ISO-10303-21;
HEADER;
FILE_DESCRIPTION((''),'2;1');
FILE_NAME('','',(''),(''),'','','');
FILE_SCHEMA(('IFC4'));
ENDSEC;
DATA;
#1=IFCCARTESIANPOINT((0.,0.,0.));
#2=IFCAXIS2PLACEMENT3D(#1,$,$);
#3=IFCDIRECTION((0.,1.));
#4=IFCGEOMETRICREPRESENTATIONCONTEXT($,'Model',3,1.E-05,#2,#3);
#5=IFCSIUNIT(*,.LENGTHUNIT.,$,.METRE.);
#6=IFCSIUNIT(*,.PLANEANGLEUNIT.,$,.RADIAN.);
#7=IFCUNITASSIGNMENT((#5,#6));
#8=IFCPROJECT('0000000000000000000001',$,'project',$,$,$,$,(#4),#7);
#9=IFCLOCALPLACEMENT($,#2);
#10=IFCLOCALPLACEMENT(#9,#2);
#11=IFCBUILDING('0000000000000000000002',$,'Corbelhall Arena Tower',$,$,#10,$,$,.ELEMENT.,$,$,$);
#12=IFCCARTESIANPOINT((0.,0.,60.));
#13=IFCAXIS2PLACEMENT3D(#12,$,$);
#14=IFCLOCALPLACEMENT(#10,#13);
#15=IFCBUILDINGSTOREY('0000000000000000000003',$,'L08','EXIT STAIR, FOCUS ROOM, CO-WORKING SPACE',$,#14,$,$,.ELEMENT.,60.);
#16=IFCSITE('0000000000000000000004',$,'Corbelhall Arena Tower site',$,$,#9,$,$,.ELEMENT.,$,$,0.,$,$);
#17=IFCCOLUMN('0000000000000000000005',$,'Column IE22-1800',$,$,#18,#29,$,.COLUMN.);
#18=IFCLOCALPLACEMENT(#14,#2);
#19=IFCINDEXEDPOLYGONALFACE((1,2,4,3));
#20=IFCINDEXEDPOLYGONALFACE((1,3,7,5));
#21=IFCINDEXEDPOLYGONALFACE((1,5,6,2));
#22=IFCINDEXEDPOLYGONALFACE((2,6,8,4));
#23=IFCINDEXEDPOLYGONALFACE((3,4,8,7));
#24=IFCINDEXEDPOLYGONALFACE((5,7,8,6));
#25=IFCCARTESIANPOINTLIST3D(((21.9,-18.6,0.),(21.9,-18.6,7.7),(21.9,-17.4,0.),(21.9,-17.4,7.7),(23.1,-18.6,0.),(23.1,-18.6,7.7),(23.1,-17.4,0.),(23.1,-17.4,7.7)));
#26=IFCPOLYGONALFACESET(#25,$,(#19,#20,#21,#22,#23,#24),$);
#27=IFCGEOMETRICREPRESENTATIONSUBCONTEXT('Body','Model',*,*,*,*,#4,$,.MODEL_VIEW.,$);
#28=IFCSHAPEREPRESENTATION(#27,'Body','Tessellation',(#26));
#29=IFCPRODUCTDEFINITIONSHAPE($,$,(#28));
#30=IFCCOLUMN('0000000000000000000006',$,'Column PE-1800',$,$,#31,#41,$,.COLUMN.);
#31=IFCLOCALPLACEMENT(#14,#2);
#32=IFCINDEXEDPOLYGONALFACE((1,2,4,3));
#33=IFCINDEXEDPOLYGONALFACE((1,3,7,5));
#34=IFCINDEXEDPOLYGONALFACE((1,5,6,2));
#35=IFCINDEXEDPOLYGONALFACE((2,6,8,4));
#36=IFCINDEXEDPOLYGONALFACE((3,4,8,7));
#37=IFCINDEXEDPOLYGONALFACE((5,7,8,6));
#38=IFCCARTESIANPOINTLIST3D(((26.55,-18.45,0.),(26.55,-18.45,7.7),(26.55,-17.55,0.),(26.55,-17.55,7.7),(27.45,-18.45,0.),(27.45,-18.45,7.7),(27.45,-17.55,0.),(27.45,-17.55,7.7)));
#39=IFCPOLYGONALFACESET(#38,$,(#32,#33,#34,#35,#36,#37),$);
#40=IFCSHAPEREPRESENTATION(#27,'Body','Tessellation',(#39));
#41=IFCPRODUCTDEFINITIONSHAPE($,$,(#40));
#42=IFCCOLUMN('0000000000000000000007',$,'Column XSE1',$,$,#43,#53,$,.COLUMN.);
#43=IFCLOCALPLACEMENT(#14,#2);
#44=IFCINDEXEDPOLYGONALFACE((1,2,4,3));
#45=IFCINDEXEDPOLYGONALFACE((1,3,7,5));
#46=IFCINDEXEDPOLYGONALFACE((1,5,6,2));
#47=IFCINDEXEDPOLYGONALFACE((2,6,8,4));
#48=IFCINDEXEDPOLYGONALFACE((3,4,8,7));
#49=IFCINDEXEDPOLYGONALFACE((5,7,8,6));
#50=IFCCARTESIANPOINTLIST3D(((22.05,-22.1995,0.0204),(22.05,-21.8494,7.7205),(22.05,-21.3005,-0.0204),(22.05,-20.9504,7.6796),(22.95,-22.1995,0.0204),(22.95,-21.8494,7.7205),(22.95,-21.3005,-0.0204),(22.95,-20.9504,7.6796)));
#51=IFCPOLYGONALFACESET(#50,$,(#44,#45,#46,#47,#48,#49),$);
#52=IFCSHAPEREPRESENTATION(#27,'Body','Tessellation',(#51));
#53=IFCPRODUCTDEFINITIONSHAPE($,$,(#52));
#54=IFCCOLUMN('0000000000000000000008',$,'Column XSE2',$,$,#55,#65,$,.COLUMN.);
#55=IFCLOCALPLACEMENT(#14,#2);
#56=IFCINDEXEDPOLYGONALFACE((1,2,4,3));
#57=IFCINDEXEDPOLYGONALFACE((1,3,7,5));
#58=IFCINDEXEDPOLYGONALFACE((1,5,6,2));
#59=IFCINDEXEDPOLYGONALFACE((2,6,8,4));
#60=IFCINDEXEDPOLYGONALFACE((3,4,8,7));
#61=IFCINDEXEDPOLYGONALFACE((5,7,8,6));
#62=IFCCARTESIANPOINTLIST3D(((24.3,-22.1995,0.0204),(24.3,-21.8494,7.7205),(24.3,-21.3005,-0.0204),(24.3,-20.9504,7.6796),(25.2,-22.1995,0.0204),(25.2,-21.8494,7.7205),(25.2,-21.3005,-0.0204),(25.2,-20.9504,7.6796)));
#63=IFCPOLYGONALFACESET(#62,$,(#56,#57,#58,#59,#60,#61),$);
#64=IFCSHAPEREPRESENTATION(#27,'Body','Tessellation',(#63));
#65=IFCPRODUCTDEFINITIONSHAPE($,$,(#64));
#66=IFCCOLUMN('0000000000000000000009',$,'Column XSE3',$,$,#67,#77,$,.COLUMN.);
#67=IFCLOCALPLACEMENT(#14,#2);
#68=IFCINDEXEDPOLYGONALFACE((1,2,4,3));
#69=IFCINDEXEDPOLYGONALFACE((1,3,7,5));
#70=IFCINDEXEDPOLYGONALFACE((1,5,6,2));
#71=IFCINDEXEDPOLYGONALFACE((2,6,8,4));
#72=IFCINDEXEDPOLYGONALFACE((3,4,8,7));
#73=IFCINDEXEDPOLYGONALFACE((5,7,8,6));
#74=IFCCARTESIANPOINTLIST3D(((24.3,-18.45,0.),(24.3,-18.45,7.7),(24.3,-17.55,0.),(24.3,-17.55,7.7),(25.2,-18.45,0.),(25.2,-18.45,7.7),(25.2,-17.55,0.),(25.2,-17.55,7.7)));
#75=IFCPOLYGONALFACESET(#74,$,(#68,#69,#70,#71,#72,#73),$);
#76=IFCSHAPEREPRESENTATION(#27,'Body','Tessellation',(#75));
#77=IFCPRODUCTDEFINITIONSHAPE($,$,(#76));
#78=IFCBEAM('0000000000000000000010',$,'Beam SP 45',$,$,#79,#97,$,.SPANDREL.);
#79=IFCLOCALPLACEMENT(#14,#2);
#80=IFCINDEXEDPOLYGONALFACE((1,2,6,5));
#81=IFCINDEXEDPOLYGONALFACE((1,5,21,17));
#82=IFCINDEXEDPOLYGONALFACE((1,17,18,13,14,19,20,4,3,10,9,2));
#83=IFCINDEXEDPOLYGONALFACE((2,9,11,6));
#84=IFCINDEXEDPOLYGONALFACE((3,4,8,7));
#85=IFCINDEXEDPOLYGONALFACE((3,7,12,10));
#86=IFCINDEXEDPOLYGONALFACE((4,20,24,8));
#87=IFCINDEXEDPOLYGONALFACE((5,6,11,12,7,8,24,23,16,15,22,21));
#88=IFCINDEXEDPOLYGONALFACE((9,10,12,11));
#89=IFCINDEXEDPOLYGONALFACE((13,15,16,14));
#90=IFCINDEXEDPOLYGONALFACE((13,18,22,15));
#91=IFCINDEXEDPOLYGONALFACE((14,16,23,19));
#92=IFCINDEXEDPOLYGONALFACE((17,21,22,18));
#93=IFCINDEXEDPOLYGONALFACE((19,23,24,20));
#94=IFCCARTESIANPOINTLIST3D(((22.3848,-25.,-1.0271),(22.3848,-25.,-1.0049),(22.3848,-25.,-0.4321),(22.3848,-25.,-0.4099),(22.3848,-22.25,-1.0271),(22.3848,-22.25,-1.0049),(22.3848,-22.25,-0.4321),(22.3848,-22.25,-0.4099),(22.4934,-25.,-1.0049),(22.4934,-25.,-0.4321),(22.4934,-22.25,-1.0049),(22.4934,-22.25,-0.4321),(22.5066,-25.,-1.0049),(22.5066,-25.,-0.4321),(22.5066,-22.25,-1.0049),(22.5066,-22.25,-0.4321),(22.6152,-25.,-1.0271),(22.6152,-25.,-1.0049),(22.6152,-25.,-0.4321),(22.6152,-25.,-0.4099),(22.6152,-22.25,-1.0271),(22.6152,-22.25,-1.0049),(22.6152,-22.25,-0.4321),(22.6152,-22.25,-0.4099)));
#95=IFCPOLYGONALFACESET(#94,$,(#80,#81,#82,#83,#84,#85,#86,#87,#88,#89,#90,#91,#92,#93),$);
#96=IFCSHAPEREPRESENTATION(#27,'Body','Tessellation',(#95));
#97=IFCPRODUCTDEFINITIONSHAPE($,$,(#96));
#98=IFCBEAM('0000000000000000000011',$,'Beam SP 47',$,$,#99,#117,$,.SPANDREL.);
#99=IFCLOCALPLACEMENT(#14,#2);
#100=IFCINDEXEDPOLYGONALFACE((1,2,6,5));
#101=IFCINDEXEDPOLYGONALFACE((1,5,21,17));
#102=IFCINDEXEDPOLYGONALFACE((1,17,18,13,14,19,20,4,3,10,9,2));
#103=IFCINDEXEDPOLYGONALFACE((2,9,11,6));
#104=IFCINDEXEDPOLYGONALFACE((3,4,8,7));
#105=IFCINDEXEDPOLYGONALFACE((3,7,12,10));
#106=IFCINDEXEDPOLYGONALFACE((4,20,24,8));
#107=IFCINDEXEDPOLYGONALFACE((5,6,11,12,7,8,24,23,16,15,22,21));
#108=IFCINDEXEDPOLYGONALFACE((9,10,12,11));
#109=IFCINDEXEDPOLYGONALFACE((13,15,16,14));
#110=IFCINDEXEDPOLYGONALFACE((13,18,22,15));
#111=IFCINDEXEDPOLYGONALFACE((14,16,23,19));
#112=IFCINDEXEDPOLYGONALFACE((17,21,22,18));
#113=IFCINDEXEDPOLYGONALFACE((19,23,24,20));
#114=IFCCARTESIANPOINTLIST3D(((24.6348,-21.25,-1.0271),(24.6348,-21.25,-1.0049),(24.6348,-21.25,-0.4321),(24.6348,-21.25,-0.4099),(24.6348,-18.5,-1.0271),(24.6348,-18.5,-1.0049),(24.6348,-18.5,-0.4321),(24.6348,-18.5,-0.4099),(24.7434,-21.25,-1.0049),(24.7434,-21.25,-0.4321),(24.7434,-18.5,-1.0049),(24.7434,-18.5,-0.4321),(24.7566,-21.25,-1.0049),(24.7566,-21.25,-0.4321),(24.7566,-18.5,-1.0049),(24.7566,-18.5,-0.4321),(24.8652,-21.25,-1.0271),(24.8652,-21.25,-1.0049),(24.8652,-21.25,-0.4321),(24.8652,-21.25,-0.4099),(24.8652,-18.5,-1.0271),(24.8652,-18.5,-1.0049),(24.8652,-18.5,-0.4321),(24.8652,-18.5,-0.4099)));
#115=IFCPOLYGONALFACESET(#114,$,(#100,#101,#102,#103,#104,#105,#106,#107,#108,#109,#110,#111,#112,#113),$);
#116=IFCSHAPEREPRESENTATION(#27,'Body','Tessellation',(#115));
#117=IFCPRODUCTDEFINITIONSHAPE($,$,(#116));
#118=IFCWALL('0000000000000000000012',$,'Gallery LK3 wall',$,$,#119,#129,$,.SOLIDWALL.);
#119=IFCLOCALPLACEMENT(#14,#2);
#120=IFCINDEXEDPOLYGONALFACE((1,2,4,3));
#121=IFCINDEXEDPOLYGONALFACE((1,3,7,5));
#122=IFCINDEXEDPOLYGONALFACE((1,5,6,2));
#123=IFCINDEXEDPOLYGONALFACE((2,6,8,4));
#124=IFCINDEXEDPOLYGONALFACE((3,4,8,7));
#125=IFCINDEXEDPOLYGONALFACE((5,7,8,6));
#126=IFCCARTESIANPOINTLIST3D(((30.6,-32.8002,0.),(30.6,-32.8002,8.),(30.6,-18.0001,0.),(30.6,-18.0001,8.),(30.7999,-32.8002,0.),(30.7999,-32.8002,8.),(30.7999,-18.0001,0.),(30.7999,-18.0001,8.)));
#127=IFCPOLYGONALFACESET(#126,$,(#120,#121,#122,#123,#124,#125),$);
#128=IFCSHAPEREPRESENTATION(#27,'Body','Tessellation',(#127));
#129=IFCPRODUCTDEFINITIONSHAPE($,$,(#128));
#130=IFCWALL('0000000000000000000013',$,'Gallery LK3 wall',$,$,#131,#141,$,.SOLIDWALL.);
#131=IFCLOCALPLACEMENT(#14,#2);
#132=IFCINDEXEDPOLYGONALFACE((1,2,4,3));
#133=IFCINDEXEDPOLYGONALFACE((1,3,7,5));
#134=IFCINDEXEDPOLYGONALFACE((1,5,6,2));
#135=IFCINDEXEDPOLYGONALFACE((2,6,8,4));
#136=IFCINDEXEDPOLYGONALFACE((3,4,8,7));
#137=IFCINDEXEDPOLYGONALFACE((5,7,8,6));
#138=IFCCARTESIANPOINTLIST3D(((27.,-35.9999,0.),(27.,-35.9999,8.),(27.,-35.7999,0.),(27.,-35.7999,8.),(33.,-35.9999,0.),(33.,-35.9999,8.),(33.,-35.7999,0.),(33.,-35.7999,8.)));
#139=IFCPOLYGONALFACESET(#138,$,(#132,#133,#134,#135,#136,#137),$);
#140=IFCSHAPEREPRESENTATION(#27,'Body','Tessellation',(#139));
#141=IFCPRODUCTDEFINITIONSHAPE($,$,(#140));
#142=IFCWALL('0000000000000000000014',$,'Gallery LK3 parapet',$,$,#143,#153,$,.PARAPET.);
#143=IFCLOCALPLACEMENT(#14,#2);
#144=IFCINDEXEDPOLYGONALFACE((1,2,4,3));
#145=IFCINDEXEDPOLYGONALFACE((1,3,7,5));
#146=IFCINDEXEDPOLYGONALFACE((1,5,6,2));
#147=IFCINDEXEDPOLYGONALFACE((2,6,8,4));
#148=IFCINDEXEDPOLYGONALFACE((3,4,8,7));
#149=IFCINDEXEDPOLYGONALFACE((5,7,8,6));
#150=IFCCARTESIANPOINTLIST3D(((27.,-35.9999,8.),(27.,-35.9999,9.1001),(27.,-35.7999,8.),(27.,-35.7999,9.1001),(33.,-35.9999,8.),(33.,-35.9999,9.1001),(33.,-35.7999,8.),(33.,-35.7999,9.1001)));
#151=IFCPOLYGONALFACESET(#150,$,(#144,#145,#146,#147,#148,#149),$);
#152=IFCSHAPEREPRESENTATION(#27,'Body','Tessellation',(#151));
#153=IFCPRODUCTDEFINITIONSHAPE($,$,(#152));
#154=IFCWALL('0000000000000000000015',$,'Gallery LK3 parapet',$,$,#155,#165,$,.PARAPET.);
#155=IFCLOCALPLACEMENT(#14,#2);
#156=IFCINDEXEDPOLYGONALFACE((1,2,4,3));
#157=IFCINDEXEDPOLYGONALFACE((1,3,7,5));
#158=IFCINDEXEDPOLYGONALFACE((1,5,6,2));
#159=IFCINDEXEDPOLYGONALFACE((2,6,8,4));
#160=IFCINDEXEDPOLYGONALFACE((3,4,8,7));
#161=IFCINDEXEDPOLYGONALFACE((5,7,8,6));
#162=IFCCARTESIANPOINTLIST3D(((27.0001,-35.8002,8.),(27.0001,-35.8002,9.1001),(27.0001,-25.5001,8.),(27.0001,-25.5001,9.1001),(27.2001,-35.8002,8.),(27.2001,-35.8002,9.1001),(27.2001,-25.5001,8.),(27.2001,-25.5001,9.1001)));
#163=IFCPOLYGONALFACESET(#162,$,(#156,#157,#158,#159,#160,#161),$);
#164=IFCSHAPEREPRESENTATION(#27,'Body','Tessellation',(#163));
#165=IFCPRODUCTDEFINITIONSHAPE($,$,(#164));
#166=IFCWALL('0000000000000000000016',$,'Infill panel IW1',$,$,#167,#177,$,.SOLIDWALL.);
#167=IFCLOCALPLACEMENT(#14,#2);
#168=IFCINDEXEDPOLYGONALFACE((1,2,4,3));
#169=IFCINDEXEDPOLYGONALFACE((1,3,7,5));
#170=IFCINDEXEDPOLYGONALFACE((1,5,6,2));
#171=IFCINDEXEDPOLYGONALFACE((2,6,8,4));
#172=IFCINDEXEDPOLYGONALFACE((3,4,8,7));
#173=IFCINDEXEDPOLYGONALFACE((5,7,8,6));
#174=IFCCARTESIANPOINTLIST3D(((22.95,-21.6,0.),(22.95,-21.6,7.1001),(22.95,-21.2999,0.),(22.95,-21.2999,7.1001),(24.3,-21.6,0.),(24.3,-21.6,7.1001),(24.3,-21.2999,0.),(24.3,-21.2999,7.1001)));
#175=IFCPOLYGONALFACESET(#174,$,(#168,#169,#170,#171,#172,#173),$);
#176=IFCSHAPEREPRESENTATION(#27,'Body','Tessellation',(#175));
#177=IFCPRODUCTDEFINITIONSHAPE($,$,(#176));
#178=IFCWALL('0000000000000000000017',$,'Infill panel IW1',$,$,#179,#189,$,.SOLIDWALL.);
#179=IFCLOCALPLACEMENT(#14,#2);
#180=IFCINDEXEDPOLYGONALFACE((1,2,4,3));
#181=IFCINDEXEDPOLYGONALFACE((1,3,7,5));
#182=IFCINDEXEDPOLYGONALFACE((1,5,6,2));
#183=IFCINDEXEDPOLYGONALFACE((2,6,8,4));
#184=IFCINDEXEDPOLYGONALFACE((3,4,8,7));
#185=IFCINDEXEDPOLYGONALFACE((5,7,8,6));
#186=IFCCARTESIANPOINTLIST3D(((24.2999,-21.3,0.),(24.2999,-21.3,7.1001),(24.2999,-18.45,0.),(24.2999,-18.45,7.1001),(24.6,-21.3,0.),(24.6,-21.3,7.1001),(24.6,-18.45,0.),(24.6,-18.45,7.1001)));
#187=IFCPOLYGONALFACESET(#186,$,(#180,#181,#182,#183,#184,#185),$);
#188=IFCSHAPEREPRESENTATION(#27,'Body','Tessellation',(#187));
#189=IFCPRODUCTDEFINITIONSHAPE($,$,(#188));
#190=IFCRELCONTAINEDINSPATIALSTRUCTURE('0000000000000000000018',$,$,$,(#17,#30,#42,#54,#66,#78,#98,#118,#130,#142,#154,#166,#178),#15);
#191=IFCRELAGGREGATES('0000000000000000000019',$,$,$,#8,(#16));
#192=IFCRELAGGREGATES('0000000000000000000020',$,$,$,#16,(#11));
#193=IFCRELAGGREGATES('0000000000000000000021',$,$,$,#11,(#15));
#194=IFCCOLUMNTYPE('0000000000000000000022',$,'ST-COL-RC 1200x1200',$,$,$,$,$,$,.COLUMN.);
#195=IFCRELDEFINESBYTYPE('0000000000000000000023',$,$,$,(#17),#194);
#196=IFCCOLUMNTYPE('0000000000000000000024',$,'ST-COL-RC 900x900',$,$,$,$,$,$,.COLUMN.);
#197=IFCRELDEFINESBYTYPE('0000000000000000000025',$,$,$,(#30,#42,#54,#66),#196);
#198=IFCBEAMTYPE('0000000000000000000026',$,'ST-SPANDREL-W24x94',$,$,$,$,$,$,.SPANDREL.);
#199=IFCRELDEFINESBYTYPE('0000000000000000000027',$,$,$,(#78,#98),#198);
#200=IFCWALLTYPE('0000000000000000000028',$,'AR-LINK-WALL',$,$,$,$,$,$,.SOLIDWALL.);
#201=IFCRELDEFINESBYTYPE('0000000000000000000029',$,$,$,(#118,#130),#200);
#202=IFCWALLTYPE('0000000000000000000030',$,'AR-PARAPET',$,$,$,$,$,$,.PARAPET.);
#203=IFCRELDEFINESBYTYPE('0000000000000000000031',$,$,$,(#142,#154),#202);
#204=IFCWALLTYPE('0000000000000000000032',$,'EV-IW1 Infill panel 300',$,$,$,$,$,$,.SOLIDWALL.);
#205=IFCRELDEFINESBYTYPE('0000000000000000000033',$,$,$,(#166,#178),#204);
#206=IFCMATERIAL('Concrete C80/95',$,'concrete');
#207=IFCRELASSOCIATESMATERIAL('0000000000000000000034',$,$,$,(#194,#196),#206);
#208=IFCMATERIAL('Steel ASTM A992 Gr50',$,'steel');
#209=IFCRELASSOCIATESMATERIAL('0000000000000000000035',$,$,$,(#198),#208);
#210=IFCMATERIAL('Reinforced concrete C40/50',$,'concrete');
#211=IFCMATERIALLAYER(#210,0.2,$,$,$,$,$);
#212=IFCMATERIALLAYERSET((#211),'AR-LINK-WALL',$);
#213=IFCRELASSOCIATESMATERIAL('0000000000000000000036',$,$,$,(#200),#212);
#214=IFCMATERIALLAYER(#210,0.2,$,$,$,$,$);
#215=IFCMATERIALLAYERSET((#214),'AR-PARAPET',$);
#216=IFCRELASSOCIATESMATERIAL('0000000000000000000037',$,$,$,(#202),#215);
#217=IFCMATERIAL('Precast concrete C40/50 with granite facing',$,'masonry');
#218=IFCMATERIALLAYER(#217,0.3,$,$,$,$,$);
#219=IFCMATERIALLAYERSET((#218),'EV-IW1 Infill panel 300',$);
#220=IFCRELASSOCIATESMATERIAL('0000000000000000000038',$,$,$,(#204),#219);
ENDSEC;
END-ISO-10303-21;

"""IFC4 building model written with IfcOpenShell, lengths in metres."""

from ifc_helpers import new_model, si_unit, direction, frame, frame_2d, origin, origin_2d, place, context, subcontext, project, spatial, rectangle, i_section, extrude, material, layer, layer_set, material_profile, profile_set, type_object, element, save


model = new_model("IFC4")

# Units and contexts
model_context = context("Model", 3, precision=1e-05, world=origin(), true_north=direction((0.0, 1.0)))
body_context = subcontext(model_context, "Body", "Model", "MODEL_VIEW")
ifc_project = project(units=[si_unit("LENGTHUNIT", "METRE"), si_unit("PLANEANGLEUNIT", "RADIAN")], contexts=[model_context])

# Site, building, storey
site_placement = place(None, origin())
site = spatial("IfcSite", under=ifc_project, at=site_placement, Name="Corbelhall Arena Tower site", CompositionType="ELEMENT", RefElevation=0.0)
building_placement = place(site_placement, origin())
building = spatial("IfcBuilding", under=site, at=building_placement, Name="Corbelhall Arena Tower", CompositionType="ELEMENT")
storey_placement = place(building_placement, frame((0.0, 0.0, 60.0)))
storey = spatial("IfcBuildingStorey", under=building, at=storey_placement, Name="L08", Description="EXIT STAIR, FOCUS ROOM, CO-WORKING SPACE", CompositionType="ELEMENT", Elevation=60.0)

# Columns
ifc_material_1 = material(Name="Concrete C80/95", Category="concrete")
ifc_material_profile_1 = material_profile(ifc_material_1, rectangle(XDim=1.2, YDim=1.2, at=origin_2d()))
ifc_profile_set_1 = profile_set([ifc_material_profile_1], Name="Concrete C80/95")
column_type_1 = type_object("IfcColumnType", Name="ST-COL-RC 1200x1200", PredefinedType="COLUMN", material=ifc_profile_set_1)
column_1_placement = place(storey_placement, frame((22.5, -18.0, 0.0), z_axis=(0.0, 0.0, 1.0), x_axis=(1.0, 0.0, 0.0)))
element("IfcColumn", 1, at=column_1_placement, inside=storey, type_object=column_type_1, Name="Column IE22-1800", PredefinedType="COLUMN", context=body_context, shape_type="SweptSolid", body=[
    extrude(rectangle(XDim=1.2, YDim=1.2, at=origin_2d()), origin(), (0.0, 0.0, 1.0), 7.7),
])
ifc_material_profile_2 = material_profile(ifc_material_1, rectangle(XDim=0.8999, YDim=0.8999, at=origin_2d()))
ifc_profile_set_2 = profile_set([ifc_material_profile_2], Name="Concrete C80/95")
column_type_2 = type_object("IfcColumnType", Name="ST-COL-RC 900x900", PredefinedType="COLUMN", material=ifc_profile_set_2)
column_2_placement = place(storey_placement, frame((27.0, -18.0, 0.0), z_axis=(0.0, 0.0, 1.0), x_axis=(1.0, 0.0, 0.0)))
element("IfcColumn", 2, at=column_2_placement, inside=storey, type_object=column_type_2, Name="Column PE-1800", PredefinedType="COLUMN", context=body_context, shape_type="SweptSolid", body=[
    extrude(rectangle(XDim=0.8999, YDim=0.8999, at=origin_2d()), origin(), (0.0, 0.0, 1.0), 7.7),
])
for number, where, z_axis, x_axis, name in (
    (3, (22.5, -21.75, 0.0), (0.0, 0.045421, 0.998968), (-1.0, 0.0, 0.0), "Column XSE1"),
    (4, (24.75, -21.75, 0.0), (0.0, 0.045421, 0.998968), (-1.0, 0.0, 0.0), "Column XSE2"),
):
    element("IfcColumn", number, at=place(storey_placement, frame(where, z_axis=z_axis, x_axis=x_axis)), inside=storey, type_object=column_type_2, Name=name, PredefinedType="COLUMN", context=body_context, shape_type="SweptSolid", body=[
        extrude(rectangle(XDim=0.8999, YDim=0.8999, at=origin_2d()), origin(), (0.0, 0.0, 1.0), 7.708),
    ])
column_3_placement = place(storey_placement, frame((24.75, -18.0, 0.0), z_axis=(0.0, 0.0, 1.0), x_axis=(1.0, 0.0, 0.0)))
element("IfcColumn", 5, at=column_3_placement, inside=storey, type_object=column_type_2, Name="Column XSE3", PredefinedType="COLUMN", context=body_context, shape_type="SweptSolid", body=[
    extrude(rectangle(XDim=0.8999, YDim=0.8999, at=origin_2d()), origin(), (0.0, 0.0, 1.0), 7.7),
])

# Beams
ifc_material_2 = material(Name="Steel ASTM A992 Gr50", Category="steel")
ifc_material_profile_3 = material_profile(ifc_material_2, i_section(OverallWidth=0.2305, OverallDepth=0.6172, WebThickness=0.0132, FlangeThickness=0.0222, at=origin_2d()))
ifc_profile_set_3 = profile_set([ifc_material_profile_3], Name="Steel ASTM A992 Gr50")
beam_type = type_object("IfcBeamType", Name="ST-SPANDREL-W24x94", PredefinedType="SPANDREL", material=ifc_profile_set_3)
for number, where, z_axis, x_axis, name in (
    (6, (22.5, -22.25, -0.7185), (0.0, -1.0, 0.0), (1.0, 0.0, 0.0), "Beam SP 45"),
    (7, (24.75, -18.5, -0.7185), (0.0, -1.0, 0.0), (1.0, 0.0, 0.0), "Beam SP 47"),
):
    element("IfcBeam", number, at=place(storey_placement, frame(where, z_axis=z_axis, x_axis=x_axis)), inside=storey, type_object=beam_type, Name=name, PredefinedType="SPANDREL", context=body_context, shape_type="SweptSolid", body=[
        extrude(i_section(OverallWidth=0.2305, OverallDepth=0.6172, WebThickness=0.0132, FlangeThickness=0.0222, at=origin_2d()), origin(), (0.0, 0.0, 1.0), 2.75),
    ])

# Shared definitions
ifc_material_3 = material(Name="Reinforced concrete C40/50", Category="concrete")
ifc_layer_1 = layer(ifc_material_3, 0.2)
ifc_layer_set_1 = layer_set([ifc_layer_1], Name="AR-LINK-WALL")
wall_type_1 = type_object("IfcWallType", Name="AR-LINK-WALL", PredefinedType="SOLIDWALL", material=ifc_layer_set_1)

# Walls
wall_1_placement = place(storey_placement, frame((30.7, -32.8, 0.0), z_axis=(0.0, 0.0, 1.0), x_axis=(0.0, 1.0, 0.0)))
element("IfcWall", 8, at=wall_1_placement, inside=storey, type_object=wall_type_1, Name="Gallery LK3 wall", PredefinedType="SOLIDWALL", context=body_context, shape_type="SweptSolid", body=[
    extrude(rectangle(XDim=14.8, YDim=0.2, at=frame_2d((7.3999, 0.0))), origin(), (0.0, 0.0, 1.0), 8.0),
])
wall_2_placement = place(storey_placement, frame((27.0, -35.8999, 0.0), z_axis=(0.0, 0.0, 1.0), x_axis=(1.0, 0.0, 0.0)))
element("IfcWall", 9, at=wall_2_placement, inside=storey, type_object=wall_type_1, Name="Gallery LK3 wall", PredefinedType="SOLIDWALL", context=body_context, shape_type="SweptSolid", body=[
    extrude(rectangle(XDim=6.0, YDim=0.2, at=frame_2d((3.0, 0.0))), origin(), (0.0, 0.0, 1.0), 8.0),
])

# Walls
ifc_layer_2 = layer(ifc_material_3, 0.2)
ifc_layer_set_2 = layer_set([ifc_layer_2], Name="AR-PARAPET")
wall_type_2 = type_object("IfcWallType", Name="AR-PARAPET", PredefinedType="PARAPET", material=ifc_layer_set_2)
wall_3_placement = place(storey_placement, frame((27.0, -35.8999, 8.0), z_axis=(0.0, 0.0, 1.0), x_axis=(1.0, 0.0, 0.0)))
element("IfcWall", 10, at=wall_3_placement, inside=storey, type_object=wall_type_2, Name="Gallery LK3 parapet", PredefinedType="PARAPET", context=body_context, shape_type="SweptSolid", body=[
    extrude(rectangle(XDim=6.0, YDim=0.2, at=frame_2d((3.0, 0.0))), origin(), (0.0, 0.0, 1.0), 1.1001),
])
wall_4_placement = place(storey_placement, frame((27.1001, -35.8, 8.0), z_axis=(0.0, 0.0, 1.0), x_axis=(0.0, 1.0, 0.0)))
element("IfcWall", 11, at=wall_4_placement, inside=storey, type_object=wall_type_2, Name="Gallery LK3 parapet", PredefinedType="PARAPET", context=body_context, shape_type="SweptSolid", body=[
    extrude(rectangle(XDim=10.3, YDim=0.2, at=frame_2d((5.1499, 0.0))), origin(), (0.0, 0.0, 1.0), 1.1001),
])
ifc_material_4 = material(Name="Precast concrete C40/50 with granite facing", Category="masonry")
ifc_layer_3 = layer(ifc_material_4, 0.3)
ifc_layer_set_3 = layer_set([ifc_layer_3], Name="EV-IW1 Infill panel 300")
wall_type_3 = type_object("IfcWallType", Name="EV-IW1 Infill panel 300", PredefinedType="SOLIDWALL", material=ifc_layer_set_3)
wall_5_placement = place(storey_placement, frame((22.95, -21.45, 0.0), z_axis=(0.0, 0.0, 1.0), x_axis=(1.0, 0.0, 0.0)))
element("IfcWall", 12, at=wall_5_placement, inside=storey, type_object=wall_type_3, Name="Infill panel IW1", PredefinedType="SOLIDWALL", context=body_context, shape_type="SweptSolid", body=[
    extrude(rectangle(XDim=1.3501, YDim=0.3, at=frame_2d((0.675, 0.0))), origin(), (0.0, 0.0, 1.0), 7.1001),
])
wall_6_placement = place(storey_placement, frame((24.45, -21.3, 0.0), z_axis=(0.0, 0.0, 1.0), x_axis=(0.0, 1.0, 0.0)))
element("IfcWall", 13, at=wall_6_placement, inside=storey, type_object=wall_type_3, Name="Infill panel IW1", PredefinedType="SOLIDWALL", context=body_context, shape_type="SweptSolid", body=[
    extrude(rectangle(XDim=2.8501, YDim=0.3, at=frame_2d((1.425, 0.0))), origin(), (0.0, 0.0, 1.0), 7.1001),
])

save(model, "model.ifc")
